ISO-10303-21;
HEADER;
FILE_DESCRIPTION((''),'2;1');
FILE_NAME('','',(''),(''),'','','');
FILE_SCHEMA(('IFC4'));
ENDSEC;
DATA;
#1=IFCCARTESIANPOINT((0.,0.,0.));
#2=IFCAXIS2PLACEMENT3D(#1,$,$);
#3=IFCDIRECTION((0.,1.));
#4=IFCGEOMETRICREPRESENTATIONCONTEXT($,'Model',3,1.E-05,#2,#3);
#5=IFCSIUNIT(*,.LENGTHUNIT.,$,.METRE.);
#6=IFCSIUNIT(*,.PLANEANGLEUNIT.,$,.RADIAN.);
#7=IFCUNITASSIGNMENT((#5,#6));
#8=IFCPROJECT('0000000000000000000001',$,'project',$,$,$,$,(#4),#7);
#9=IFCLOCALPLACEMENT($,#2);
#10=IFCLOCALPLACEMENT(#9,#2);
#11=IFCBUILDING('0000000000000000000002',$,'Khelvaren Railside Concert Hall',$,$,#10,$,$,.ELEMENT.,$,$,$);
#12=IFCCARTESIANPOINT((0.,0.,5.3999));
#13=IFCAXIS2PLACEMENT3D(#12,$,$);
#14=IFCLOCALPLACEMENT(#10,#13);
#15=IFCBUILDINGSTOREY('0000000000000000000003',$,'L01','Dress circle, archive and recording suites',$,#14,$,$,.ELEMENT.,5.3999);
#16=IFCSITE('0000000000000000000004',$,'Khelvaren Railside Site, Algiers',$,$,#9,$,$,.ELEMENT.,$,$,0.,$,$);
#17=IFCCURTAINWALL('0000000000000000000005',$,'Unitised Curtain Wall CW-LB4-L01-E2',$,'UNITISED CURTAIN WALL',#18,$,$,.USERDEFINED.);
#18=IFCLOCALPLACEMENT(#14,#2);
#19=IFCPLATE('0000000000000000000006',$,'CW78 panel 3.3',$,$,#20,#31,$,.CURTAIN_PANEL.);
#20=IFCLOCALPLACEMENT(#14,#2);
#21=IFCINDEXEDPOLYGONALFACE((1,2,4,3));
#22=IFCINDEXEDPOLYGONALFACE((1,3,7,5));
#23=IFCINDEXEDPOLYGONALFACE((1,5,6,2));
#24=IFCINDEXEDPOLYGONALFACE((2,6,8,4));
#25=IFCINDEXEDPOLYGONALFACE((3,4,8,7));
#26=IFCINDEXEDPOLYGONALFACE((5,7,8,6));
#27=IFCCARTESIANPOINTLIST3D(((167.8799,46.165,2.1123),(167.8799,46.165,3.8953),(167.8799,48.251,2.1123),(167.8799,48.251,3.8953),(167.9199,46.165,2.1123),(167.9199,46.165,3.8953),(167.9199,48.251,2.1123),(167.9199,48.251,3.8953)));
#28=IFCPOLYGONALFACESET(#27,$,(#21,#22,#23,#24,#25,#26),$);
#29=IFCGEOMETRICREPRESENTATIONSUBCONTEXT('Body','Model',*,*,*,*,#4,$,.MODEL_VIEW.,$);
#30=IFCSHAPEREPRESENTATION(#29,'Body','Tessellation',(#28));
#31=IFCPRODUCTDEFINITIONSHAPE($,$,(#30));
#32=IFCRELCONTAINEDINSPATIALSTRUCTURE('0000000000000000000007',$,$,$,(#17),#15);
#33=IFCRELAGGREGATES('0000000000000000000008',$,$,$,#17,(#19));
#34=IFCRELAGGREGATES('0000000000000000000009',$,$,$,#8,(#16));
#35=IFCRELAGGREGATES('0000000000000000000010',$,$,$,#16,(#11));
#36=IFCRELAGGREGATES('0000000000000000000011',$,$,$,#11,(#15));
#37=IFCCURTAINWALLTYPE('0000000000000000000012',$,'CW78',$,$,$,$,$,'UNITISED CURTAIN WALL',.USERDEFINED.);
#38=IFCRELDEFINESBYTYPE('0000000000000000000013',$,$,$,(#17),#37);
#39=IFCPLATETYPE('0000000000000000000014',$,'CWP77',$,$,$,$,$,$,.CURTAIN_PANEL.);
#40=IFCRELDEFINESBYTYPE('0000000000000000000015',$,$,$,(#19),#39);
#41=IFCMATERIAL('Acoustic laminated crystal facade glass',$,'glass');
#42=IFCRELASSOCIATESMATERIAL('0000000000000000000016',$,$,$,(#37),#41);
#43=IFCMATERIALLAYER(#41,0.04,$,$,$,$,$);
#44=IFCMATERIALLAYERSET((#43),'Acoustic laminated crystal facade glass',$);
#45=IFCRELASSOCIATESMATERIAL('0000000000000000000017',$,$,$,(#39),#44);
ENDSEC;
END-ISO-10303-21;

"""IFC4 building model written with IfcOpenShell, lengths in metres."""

from ifc_helpers import new_model, si_unit, direction, frame, origin, origin_2d, place, context, subcontext, project, spatial, rectangle, extrude, material, layer, layer_set, type_object, element, aggregate, save


model = new_model("IFC4")

# Units and contexts
model_context = context("Model", 3, precision=1e-05, world=origin(), true_north=direction((0.0, 1.0)))
body_context = subcontext(model_context, "Body", "Model", "MODEL_VIEW")
ifc_project = project(units=[si_unit("LENGTHUNIT", "METRE"), si_unit("PLANEANGLEUNIT", "RADIAN")], contexts=[model_context])

# Site, building, storey
site_placement = place(None, origin())
site = spatial("IfcSite", under=ifc_project, at=site_placement, Name="Khelvaren Railside Site, Algiers", CompositionType="ELEMENT", RefElevation=0.0)
building_placement = place(site_placement, origin())
building = spatial("IfcBuilding", under=site, at=building_placement, Name="Khelvaren Railside Concert Hall", CompositionType="ELEMENT")
storey_placement = place(building_placement, frame((0.0, 0.0, 5.3999)))
storey = spatial("IfcBuildingStorey", under=building, at=storey_placement, Name="L01", Description="Dress circle, archive and recording suites", CompositionType="ELEMENT", Elevation=5.3999)

# Shared definitions
ifc_material_1 = material(Name="Acoustic laminated crystal facade glass", Category="glass")

# Curtain wall
curtain_wall_type_1 = type_object("IfcCurtainWallType", Name="CW78", ElementType="UNITISED CURTAIN WALL", PredefinedType="USERDEFINED", material=ifc_material_1)
curtain_wall_1_placement = place(storey_placement, origin())
curtain_wall_1 = element("IfcCurtainWall", 1, at=curtain_wall_1_placement, inside=storey, type_object=curtain_wall_type_1, Name="Unitised Curtain Wall CW-LB4-L01-E2", ObjectType="UNITISED CURTAIN WALL", PredefinedType="USERDEFINED")

# Plate
ifc_layer = layer(ifc_material_1, 0.04)
ifc_layer_set = layer_set([ifc_layer], Name="Acoustic laminated crystal facade glass")
plate_type = type_object("IfcPlateType", Name="CWP77", PredefinedType="CURTAIN_PANEL", material=ifc_layer_set)
plate_1_placement = place(storey_placement, frame((167.8999, 47.208, 2.1123), z_axis=(0.0, 0.0, 1.0), x_axis=(0.0, -1.0, 0.0)))
plate_1 = element("IfcPlate", 2, at=plate_1_placement, type_object=plate_type, Name="CW78 panel 3.3", PredefinedType="CURTAIN_PANEL", context=body_context, shape_type="SweptSolid", body=[
    extrude(rectangle(XDim=2.0859, YDim=0.04, at=origin_2d()), origin(), (0.0, 0.0, 1.0), 1.783),
])
aggregate(curtain_wall_1, [plate_1])

save(model, "model.ifc")
